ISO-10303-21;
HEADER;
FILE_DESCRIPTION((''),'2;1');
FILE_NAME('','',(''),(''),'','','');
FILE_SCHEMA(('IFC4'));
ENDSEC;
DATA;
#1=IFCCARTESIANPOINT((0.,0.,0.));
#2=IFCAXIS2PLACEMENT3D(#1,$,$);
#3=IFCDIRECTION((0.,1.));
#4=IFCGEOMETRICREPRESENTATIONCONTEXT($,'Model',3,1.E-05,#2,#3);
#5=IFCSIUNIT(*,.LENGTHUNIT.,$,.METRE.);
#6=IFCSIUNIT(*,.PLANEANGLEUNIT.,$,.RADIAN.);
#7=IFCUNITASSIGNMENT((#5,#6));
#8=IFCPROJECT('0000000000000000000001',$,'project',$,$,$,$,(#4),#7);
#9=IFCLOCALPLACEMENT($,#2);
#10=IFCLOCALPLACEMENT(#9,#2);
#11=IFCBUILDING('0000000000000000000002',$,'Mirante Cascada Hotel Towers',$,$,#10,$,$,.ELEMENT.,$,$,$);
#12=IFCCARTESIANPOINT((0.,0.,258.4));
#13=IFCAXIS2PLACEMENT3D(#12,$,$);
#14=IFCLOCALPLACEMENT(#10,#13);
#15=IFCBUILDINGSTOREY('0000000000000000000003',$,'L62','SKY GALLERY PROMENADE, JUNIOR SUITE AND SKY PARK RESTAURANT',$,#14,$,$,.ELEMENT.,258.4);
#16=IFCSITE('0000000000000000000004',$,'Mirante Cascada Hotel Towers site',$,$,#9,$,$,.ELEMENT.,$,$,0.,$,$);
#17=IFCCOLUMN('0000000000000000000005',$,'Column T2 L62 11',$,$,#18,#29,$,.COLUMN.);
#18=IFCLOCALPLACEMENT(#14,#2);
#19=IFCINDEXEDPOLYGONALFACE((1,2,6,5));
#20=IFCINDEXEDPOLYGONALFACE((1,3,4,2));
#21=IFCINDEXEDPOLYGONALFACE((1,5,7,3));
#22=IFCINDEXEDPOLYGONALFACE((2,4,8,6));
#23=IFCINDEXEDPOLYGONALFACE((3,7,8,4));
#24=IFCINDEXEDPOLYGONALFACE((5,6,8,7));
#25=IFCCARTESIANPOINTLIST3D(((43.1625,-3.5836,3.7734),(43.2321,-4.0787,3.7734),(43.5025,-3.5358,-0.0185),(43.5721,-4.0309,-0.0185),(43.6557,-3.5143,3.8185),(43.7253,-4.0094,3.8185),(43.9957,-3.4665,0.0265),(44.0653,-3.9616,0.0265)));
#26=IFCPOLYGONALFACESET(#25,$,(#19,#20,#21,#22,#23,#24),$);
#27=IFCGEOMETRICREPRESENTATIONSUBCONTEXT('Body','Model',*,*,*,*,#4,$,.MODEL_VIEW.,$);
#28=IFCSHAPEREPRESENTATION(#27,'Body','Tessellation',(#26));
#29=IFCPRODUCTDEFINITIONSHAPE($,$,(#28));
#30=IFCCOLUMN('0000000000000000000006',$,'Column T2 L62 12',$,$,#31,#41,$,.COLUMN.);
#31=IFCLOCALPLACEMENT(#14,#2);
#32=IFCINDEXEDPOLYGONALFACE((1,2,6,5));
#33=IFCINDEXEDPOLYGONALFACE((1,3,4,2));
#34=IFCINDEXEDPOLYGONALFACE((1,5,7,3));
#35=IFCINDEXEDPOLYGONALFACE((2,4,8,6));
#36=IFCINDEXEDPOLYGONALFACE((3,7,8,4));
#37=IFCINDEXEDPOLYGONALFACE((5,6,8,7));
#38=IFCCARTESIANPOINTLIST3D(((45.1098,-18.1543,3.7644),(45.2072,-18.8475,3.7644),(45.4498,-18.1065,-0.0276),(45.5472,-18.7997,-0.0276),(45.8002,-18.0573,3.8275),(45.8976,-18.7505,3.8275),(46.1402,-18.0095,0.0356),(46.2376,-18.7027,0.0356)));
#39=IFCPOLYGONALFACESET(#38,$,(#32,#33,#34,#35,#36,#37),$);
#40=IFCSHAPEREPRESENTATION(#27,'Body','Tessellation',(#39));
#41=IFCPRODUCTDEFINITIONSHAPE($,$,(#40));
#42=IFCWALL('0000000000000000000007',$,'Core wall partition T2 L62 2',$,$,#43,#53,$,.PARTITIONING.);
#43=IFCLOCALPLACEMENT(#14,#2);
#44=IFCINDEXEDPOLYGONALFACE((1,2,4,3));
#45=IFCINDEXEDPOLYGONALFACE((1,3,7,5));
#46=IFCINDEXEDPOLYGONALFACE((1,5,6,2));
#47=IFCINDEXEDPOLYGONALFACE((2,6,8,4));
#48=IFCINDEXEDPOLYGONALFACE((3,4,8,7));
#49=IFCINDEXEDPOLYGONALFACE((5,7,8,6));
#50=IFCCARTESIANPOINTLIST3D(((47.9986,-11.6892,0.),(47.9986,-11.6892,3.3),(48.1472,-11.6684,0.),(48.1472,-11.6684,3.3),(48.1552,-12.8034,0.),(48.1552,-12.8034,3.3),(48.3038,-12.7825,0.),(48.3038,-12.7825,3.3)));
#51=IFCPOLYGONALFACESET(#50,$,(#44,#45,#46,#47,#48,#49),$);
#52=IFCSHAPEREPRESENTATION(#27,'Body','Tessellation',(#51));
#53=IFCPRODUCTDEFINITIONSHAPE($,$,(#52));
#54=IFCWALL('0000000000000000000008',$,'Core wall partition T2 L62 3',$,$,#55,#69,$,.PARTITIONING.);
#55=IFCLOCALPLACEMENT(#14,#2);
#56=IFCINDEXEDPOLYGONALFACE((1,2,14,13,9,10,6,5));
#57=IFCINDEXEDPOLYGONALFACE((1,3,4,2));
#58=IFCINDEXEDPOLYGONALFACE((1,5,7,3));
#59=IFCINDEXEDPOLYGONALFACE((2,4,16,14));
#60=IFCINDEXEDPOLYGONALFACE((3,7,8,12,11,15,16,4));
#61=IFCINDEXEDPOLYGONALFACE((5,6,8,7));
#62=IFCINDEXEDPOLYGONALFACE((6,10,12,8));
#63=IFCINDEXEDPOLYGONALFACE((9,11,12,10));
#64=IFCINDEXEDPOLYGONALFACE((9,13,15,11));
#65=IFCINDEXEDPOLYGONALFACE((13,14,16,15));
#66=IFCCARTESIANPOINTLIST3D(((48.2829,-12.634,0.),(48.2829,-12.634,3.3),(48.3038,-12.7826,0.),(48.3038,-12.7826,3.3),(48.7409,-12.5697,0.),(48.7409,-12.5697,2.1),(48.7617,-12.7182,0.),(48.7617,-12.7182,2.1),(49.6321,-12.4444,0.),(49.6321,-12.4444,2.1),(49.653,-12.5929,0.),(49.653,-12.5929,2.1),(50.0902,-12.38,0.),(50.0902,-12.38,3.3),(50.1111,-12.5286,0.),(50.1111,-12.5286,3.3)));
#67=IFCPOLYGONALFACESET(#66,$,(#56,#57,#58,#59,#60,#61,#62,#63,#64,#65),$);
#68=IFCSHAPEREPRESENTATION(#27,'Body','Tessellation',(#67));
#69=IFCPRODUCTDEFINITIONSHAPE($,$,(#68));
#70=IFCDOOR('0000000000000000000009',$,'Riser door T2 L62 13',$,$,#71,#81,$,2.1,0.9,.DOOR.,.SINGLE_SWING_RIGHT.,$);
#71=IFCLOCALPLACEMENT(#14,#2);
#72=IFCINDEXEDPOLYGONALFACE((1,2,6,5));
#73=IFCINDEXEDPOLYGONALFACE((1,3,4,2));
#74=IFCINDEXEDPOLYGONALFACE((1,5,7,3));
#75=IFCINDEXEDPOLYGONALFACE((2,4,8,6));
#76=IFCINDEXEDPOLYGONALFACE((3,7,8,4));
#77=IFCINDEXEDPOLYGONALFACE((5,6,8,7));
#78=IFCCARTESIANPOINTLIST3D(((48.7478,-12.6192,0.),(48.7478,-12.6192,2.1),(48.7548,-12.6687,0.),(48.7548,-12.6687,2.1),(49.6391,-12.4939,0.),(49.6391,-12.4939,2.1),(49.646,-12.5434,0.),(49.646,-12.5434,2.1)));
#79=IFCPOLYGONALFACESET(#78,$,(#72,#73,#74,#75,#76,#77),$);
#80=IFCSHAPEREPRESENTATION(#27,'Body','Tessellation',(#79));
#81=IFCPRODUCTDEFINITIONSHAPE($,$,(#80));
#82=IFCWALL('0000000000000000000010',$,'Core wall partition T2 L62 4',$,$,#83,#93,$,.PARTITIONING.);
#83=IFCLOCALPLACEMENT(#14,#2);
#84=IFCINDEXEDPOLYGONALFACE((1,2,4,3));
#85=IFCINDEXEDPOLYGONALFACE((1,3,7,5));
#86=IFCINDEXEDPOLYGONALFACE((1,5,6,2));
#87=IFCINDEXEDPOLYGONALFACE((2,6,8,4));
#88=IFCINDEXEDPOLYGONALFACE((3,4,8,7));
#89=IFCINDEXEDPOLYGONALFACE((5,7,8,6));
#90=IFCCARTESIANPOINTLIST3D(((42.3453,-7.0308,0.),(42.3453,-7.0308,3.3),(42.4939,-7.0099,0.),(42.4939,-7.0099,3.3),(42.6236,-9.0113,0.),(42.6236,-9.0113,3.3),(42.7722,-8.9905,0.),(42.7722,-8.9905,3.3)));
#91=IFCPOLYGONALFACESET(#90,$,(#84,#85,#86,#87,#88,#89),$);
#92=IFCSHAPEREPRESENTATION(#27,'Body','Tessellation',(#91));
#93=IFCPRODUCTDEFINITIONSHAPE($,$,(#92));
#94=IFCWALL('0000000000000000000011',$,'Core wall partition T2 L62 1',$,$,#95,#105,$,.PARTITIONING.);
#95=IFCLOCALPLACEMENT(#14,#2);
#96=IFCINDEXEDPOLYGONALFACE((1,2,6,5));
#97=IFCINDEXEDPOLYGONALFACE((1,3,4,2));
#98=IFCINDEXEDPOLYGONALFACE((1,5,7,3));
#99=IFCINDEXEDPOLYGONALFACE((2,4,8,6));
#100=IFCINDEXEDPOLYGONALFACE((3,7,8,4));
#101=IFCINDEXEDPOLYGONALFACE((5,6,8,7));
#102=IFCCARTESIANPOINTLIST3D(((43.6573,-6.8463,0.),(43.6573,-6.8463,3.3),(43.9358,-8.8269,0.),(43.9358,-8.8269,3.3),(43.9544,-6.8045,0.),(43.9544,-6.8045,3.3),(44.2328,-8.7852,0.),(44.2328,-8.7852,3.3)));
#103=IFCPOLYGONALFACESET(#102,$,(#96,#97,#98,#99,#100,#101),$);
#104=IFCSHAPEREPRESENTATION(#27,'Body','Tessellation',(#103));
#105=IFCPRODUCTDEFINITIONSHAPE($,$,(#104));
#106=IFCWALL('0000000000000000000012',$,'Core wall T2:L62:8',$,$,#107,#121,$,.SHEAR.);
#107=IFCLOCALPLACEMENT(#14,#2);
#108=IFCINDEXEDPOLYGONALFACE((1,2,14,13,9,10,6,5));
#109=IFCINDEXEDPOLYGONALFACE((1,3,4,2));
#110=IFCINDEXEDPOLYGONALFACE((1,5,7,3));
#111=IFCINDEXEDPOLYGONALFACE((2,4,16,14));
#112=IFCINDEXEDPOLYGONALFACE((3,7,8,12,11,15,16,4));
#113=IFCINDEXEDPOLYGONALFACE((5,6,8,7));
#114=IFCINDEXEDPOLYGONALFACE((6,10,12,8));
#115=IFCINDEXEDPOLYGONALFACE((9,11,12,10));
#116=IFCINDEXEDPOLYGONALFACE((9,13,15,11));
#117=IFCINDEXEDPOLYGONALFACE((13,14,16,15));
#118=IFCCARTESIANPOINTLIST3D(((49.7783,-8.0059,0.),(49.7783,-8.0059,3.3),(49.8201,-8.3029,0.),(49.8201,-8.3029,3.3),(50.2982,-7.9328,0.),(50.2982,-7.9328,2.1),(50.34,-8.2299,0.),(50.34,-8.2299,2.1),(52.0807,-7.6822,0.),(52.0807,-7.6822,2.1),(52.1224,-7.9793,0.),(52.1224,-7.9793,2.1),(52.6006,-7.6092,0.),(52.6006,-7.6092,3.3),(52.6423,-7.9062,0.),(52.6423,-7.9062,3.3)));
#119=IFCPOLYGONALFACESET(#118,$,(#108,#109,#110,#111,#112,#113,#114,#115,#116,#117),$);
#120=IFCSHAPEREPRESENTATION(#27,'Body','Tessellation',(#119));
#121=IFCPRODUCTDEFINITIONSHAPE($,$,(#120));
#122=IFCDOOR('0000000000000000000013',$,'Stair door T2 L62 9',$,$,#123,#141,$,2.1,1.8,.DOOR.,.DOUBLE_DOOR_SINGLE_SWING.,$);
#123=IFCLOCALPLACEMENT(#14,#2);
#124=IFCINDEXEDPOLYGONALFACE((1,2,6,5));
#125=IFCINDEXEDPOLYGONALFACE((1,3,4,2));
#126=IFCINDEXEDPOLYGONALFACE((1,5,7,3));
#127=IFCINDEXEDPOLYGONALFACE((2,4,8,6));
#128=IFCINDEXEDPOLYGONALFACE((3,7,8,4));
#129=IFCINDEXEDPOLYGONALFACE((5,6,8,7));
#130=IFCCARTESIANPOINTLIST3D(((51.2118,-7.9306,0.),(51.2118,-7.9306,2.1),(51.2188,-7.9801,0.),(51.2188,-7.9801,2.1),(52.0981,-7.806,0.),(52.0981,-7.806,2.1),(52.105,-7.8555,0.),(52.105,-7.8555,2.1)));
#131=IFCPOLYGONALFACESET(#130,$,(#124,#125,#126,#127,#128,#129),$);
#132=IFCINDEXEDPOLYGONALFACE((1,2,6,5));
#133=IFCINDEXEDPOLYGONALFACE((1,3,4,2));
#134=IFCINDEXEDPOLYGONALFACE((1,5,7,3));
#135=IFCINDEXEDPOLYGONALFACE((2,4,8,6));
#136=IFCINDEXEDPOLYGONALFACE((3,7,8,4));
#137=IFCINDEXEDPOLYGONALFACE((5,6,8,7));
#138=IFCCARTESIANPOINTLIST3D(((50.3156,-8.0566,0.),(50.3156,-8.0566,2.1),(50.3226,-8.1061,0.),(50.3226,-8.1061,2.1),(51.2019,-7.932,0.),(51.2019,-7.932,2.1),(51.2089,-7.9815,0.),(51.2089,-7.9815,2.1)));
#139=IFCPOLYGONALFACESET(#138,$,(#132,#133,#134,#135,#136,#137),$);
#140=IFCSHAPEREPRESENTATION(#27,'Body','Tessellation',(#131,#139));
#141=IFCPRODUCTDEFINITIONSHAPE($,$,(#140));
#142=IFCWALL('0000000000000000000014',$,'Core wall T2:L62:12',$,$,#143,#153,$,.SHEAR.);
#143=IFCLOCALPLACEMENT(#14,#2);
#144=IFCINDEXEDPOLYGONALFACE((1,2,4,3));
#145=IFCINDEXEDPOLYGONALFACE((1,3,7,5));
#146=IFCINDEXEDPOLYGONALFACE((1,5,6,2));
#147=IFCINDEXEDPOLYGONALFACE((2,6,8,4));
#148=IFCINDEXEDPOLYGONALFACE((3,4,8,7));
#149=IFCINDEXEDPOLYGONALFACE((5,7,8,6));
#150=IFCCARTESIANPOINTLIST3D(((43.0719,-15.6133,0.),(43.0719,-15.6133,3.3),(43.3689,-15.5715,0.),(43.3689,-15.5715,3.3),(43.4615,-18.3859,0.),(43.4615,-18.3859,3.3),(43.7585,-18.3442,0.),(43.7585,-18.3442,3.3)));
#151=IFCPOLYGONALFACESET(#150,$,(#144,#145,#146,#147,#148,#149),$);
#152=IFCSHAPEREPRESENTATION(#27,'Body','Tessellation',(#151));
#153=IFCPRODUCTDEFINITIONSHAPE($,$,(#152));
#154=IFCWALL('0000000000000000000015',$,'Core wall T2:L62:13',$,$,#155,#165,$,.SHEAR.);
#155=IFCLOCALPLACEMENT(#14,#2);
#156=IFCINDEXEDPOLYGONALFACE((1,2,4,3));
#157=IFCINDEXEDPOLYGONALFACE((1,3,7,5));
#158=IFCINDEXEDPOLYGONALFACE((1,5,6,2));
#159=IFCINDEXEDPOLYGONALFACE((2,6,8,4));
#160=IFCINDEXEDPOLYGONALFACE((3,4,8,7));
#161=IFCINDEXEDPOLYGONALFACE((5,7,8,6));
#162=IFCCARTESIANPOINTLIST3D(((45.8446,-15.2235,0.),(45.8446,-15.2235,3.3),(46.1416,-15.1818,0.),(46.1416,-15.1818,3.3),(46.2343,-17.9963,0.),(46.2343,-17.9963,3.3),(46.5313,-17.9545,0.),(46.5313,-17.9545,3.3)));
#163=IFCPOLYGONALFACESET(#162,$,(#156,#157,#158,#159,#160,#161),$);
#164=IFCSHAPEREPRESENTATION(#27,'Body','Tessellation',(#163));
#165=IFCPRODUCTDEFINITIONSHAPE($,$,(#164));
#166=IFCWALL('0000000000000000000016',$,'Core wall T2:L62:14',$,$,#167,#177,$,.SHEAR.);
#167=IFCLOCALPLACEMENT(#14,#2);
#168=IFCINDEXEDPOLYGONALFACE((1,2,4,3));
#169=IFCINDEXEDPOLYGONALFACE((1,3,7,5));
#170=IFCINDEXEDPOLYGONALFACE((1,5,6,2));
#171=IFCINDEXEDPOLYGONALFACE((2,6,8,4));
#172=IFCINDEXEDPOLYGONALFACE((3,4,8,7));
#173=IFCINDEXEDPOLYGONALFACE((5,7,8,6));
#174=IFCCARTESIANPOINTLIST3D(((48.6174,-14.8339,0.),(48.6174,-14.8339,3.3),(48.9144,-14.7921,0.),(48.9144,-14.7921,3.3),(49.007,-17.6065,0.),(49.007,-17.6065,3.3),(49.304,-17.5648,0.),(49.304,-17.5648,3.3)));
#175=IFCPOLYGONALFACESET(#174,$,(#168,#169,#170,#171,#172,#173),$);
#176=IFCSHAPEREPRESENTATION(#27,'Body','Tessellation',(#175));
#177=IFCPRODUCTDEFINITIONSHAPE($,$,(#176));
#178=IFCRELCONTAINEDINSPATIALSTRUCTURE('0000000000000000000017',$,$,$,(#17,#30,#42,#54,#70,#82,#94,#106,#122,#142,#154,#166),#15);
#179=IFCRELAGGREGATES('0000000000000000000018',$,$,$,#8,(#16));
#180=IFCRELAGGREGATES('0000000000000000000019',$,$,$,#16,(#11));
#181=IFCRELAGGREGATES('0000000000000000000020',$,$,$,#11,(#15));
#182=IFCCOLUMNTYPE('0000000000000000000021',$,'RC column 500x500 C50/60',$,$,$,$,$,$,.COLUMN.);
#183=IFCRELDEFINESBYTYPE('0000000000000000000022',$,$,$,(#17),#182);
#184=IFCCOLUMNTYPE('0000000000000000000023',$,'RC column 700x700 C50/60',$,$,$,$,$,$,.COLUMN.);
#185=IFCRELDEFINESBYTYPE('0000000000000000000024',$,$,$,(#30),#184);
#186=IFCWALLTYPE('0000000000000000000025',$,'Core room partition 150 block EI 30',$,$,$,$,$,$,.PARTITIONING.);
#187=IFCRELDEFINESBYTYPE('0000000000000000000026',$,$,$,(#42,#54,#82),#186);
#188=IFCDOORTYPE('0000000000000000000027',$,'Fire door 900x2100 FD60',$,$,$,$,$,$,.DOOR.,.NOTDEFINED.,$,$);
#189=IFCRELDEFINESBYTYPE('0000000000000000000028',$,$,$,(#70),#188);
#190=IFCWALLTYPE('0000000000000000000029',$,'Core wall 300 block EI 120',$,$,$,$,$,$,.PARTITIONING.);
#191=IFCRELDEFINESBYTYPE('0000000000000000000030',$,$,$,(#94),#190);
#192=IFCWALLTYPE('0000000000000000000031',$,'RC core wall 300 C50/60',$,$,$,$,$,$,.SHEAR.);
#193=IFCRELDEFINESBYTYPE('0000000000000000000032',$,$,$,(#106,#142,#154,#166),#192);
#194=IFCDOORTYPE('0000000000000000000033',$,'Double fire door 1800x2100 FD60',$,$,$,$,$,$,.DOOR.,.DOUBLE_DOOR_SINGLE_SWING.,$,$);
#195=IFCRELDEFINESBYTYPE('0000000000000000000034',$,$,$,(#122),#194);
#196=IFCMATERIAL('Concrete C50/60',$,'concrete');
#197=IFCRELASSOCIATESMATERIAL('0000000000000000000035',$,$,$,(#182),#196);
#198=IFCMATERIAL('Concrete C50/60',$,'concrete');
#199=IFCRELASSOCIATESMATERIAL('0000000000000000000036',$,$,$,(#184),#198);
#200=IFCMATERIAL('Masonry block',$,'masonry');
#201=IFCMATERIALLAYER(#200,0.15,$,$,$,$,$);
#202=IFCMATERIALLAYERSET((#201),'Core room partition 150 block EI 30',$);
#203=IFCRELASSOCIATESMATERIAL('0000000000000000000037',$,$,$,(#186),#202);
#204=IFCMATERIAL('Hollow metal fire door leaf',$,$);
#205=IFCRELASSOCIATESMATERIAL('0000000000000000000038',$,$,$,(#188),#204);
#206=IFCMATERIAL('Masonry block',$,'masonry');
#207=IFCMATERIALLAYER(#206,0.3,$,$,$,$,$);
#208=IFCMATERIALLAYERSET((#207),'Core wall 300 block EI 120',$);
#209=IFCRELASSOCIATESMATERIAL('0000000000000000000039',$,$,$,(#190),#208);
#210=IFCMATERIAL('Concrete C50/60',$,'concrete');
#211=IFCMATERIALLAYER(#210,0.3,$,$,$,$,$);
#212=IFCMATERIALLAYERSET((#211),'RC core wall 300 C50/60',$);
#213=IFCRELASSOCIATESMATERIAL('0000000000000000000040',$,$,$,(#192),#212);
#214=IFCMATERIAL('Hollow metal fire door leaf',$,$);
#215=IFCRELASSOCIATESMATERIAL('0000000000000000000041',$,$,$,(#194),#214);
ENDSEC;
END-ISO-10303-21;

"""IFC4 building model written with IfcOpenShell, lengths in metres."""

from ifc_helpers import new_model, si_unit, direction, frame, frame_2d, origin, origin_2d, place, context, subcontext, project, spatial, rectangle, extrude, material, layer, layer_set, material_profile, profile_set, type_object, element, fill, save


model = new_model("IFC4")

# Units and contexts
model_context = context("Model", 3, precision=1e-05, world=origin(), true_north=direction((0.0, 1.0)))
body_context = subcontext(model_context, "Body", "Model", "MODEL_VIEW")
ifc_project = project(units=[si_unit("LENGTHUNIT", "METRE"), si_unit("PLANEANGLEUNIT", "RADIAN")], contexts=[model_context])

# Site, building, storey
site_placement = place(None, origin())
site = spatial("IfcSite", under=ifc_project, at=site_placement, Name="Mirante Cascada Hotel Towers site", CompositionType="ELEMENT", RefElevation=0.0)
building_placement = place(site_placement, origin())
building = spatial("IfcBuilding", under=site, at=building_placement, Name="Mirante Cascada Hotel Towers", CompositionType="ELEMENT")
storey_placement = place(building_placement, frame((0.0, 0.0, 258.4)))
storey = spatial("IfcBuildingStorey", under=building, at=storey_placement, Name="L62", Description="SKY GALLERY PROMENADE, JUNIOR SUITE AND SKY PARK RESTAURANT", CompositionType="ELEMENT", Elevation=258.4)

# Columns
ifc_material_1 = material(Name="Concrete C50/60", Category="concrete")
ifc_material_profile_1 = material_profile(ifc_material_1, rectangle(XDim=0.5, YDim=0.5, at=origin_2d()), Name="RC column 500x500 C50/60")
ifc_profile_set_1 = profile_set([ifc_material_profile_1], Name="Concrete C50/60")
column_type_1 = type_object("IfcColumnType", Name="RC column 500x500 C50/60", PredefinedType="COLUMN", material=ifc_profile_set_1)
column_1_placement = place(storey_placement, frame((43.7839, -3.7487, 0.004), z_axis=(-0.089297, -0.012554, 0.995926), x_axis=(0.139219, -0.990262, 0.0)))
element("IfcColumn", 1, at=column_1_placement, inside=storey, type_object=column_type_1, Name="Column T2 L62 11", PredefinedType="COLUMN", context=body_context, shape_type="SweptSolid", body=[
    extrude(rectangle(XDim=0.5, YDim=0.5, at=origin_2d()), origin(), (0.0, 0.0, 1.0), 3.8075),
])
ifc_material_2 = material(Name="Concrete C50/60", Category="concrete")
ifc_material_profile_2 = material_profile(ifc_material_2, rectangle(XDim=0.7, YDim=0.7, at=origin_2d()), Name="RC column 700x700 C50/60")
ifc_profile_set_2 = profile_set([ifc_material_profile_2], Name="Concrete C50/60")
column_type_2 = type_object("IfcColumnType", Name="RC column 700x700 C50/60", PredefinedType="COLUMN", material=ifc_profile_set_2)
column_2_placement = place(storey_placement, frame((45.8437, -18.4046, 0.004), z_axis=(-0.089297, -0.012554, 0.995926), x_axis=(0.139219, -0.990262, 0.0)))
element("IfcColumn", 2, at=column_2_placement, inside=storey, type_object=column_type_2, Name="Column T2 L62 12", PredefinedType="COLUMN", context=body_context, shape_type="SweptSolid", body=[
    extrude(rectangle(XDim=0.7, YDim=0.7, at=origin_2d()), origin(), (0.0, 0.0, 1.0), 3.8075),
])

# Wall
ifc_material_3 = material(Name="Masonry block", Category="masonry")
ifc_layer_1 = layer(ifc_material_3, 0.15)
ifc_layer_set_1 = layer_set([ifc_layer_1], Name="Core room partition 150 block EI 30")
wall_type_1 = type_object("IfcWallType", Name="Core room partition 150 block EI 30", PredefinedType="PARTITIONING", material=ifc_layer_set_1)
wall_1_placement = place(storey_placement, frame((48.2295, -12.793, 0.0), z_axis=(0.0, 0.0, 1.0), x_axis=(-0.139193, 0.990265, 0.0)))
element("IfcWall", 3, at=wall_1_placement, inside=storey, type_object=wall_type_1, Name="Core wall partition T2 L62 2", PredefinedType="PARTITIONING", context=body_context, shape_type="SweptSolid", body=[
    extrude(rectangle(XDim=1.1251, YDim=0.15, at=frame_2d((0.5626, 0.0))), origin(), (0.0, 0.0, 1.0), 3.3),
])

# Wall, opening, door
wall_2_placement = place(storey_placement, frame((48.2933, -12.7083, 0.0), z_axis=(0.0, 0.0, 1.0), x_axis=(0.990268, 0.139173, 0.0)))
wall_2 = element("IfcWall", 4, at=wall_2_placement, inside=storey, type_object=wall_type_1, Name="Core wall partition T2 L62 3", PredefinedType="PARTITIONING", context=body_context, shape_type="SweptSolid", body=[
    extrude(rectangle(XDim=1.8251, YDim=0.15, at=frame_2d((0.9126, 0.0))), origin(), (0.0, 0.0, 1.0), 3.3),
])
opening_1_placement = place(wall_2_placement, frame((0.4625, 0.0, 0.0)))
opening_1 = element("IfcOpeningElement", 5, at=opening_1_placement, cuts=wall_2, PredefinedType="OPENING", context=body_context, shape_type="SweptSolid", body=[
    extrude(rectangle(XDim=0.9, YDim=2.1, at=frame_2d((0.45, 1.05))), frame((0.0, 0.075, 0.0), z_axis=(0.0, -1.0, 0.0), x_axis=(1.0, 0.0, 0.0)), (0.0, 0.0, 1.0), 0.15),
])
ifc_material_4 = material(Name="Hollow metal fire door leaf")
door_type_1 = type_object("IfcDoorType", Name="Fire door 900x2100 FD60", OperationType="NOTDEFINED", PredefinedType="DOOR", material=ifc_material_4)
door_1_placement = place(opening_1_placement, frame((0.9, 0.0, 0.0), z_axis=(0.0, 0.0, 1.0), x_axis=(-1.0, 0.0, 0.0)))
door_1 = element("IfcDoor", 6, at=door_1_placement, inside=storey, type_object=door_type_1, Name="Riser door T2 L62 13", OperationType="SINGLE_SWING_RIGHT", OverallHeight=2.1, OverallWidth=0.9, PredefinedType="DOOR", context=body_context, shape_type="SweptSolid", body=[
    extrude(rectangle(XDim=0.9, YDim=2.1, at=frame_2d((0.45, 1.05))), frame((0.0, 0.025, 0.0), z_axis=(0.0, -1.0, 0.0), x_axis=(1.0, 0.0, 0.0)), (0.0, 0.0, 1.0), 0.05),
])
fill(opening_1, door_1)

# Walls
wall_3_placement = place(storey_placement, frame((42.6979, -9.0009, 0.0), z_axis=(0.0, 0.0, 1.0), x_axis=(-0.139153, 0.990271, 0.0)))
element("IfcWall", 7, at=wall_3_placement, inside=storey, type_object=wall_type_1, Name="Core wall partition T2 L62 4", PredefinedType="PARTITIONING", context=body_context, shape_type="SweptSolid", body=[
    extrude(rectangle(XDim=2.0, YDim=0.15, at=frame_2d((1.0, 0.0))), origin(), (0.0, 0.0, 1.0), 3.3),
])
ifc_material_5 = material(Name="Masonry block", Category="masonry")
ifc_layer_2 = layer(ifc_material_5, 0.3)
ifc_layer_set_2 = layer_set([ifc_layer_2], Name="Core wall 300 block EI 120")
wall_type_2 = type_object("IfcWallType", Name="Core wall 300 block EI 120", PredefinedType="PARTITIONING", material=ifc_layer_set_2)
wall_4_placement = place(storey_placement, frame((44.0843, -8.8061, 0.0), z_axis=(0.0, 0.0, 1.0), x_axis=(-0.139195, 0.990265, 0.0)))
element("IfcWall", 8, at=wall_4_placement, inside=storey, type_object=wall_type_2, Name="Core wall partition T2 L62 1", PredefinedType="PARTITIONING", context=body_context, shape_type="SweptSolid", body=[
    extrude(rectangle(XDim=2.0001, YDim=0.3, at=frame_2d((1.0001, 0.0))), origin(), (0.0, 0.0, 1.0), 3.3),
])

# Wall, opening, door
ifc_material_6 = material(Name="Concrete C50/60", Category="concrete")
ifc_layer_3 = layer(ifc_material_6, 0.3)
ifc_layer_set_3 = layer_set([ifc_layer_3], Name="RC core wall 300 C50/60")
wall_type_3 = type_object("IfcWallType", Name="RC core wall 300 C50/60", PredefinedType="SHEAR", material=ifc_layer_set_3)
wall_5_placement = place(storey_placement, frame((49.7992, -8.1544, 0.0), z_axis=(0.0, 0.0, 1.0), x_axis=(0.990266, 0.139191, 0.0)))
wall_5 = element("IfcWall", 9, at=wall_5_placement, inside=storey, type_object=wall_type_3, Name="Core wall T2:L62:8", PredefinedType="SHEAR", context=body_context, shape_type="SweptSolid", body=[
    extrude(rectangle(XDim=2.85, YDim=0.3, at=frame_2d((1.425, 0.0))), origin(), (0.0, 0.0, 1.0), 3.3),
])
opening_2_placement = place(wall_5_placement, frame((0.525, 0.0, 0.0)))
opening_2 = element("IfcOpeningElement", 10, at=opening_2_placement, cuts=wall_5, PredefinedType="OPENING", context=body_context, shape_type="SweptSolid", body=[
    extrude(rectangle(XDim=1.8, YDim=2.1, at=frame_2d((0.9, 1.05))), frame((0.0, 0.15, 0.0), z_axis=(0.0, -1.0, 0.0), x_axis=(1.0, 0.0, 0.0)), (0.0, 0.0, 1.0), 0.3),
])
ifc_material_7 = material(Name="Hollow metal fire door leaf")
door_type_2 = type_object("IfcDoorType", Name="Double fire door 1800x2100 FD60", OperationType="DOUBLE_DOOR_SINGLE_SWING", PredefinedType="DOOR", material=ifc_material_7)
door_2_placement = place(opening_2_placement, frame((1.8, 0.0, 0.0), z_axis=(0.0, 0.0, 1.0), x_axis=(-1.0, 0.0, 0.0)))
door_2 = element("IfcDoor", 11, at=door_2_placement, inside=storey, type_object=door_type_2, Name="Stair door T2 L62 9", OperationType="DOUBLE_DOOR_SINGLE_SWING", OverallHeight=2.1, OverallWidth=1.8, PredefinedType="DOOR", context=body_context, shape_type="SweptSolid", body=[
    extrude(rectangle(XDim=0.895, YDim=2.1, at=frame_2d((0.4475, 1.05))), frame((0.0, 0.025, 0.0), z_axis=(0.0, -1.0, 0.0), x_axis=(1.0, 0.0, 0.0)), (0.0, 0.0, 1.0), 0.05),
    extrude(rectangle(XDim=0.895, YDim=2.1, at=frame_2d((1.3525, 1.05))), frame((0.0, 0.025, 0.0), z_axis=(0.0, -1.0, 0.0), x_axis=(1.0, 0.0, 0.0)), (0.0, 0.0, 1.0), 0.05),
])
fill(opening_2, door_2)

# Walls
wall_6_placement = place(storey_placement, frame((43.61, -18.3651, 0.0), z_axis=(0.0, 0.0, 1.0), x_axis=(-0.139146, 0.990272, 0.0)))
element("IfcWall", 12, at=wall_6_placement, inside=storey, type_object=wall_type_3, Name="Core wall T2:L62:12", PredefinedType="SHEAR", context=body_context, shape_type="SweptSolid", body=[
    extrude(rectangle(XDim=2.7999, YDim=0.3, at=frame_2d((1.4, 0.0))), origin(), (0.0, 0.0, 1.0), 3.3),
])
wall_7_placement = place(storey_placement, frame((46.3828, -17.9754, 0.0), z_axis=(0.0, 0.0, 1.0), x_axis=(-0.139181, 0.990267, 0.0)))
element("IfcWall", 13, at=wall_7_placement, inside=storey, type_object=wall_type_3, Name="Core wall T2:L62:13", PredefinedType="SHEAR", context=body_context, shape_type="SweptSolid", body=[
    extrude(rectangle(XDim=2.8, YDim=0.3, at=frame_2d((1.4, 0.0))), origin(), (0.0, 0.0, 1.0), 3.3),
])
wall_8_placement = place(storey_placement, frame((49.1555, -17.5857, 0.0), z_axis=(0.0, 0.0, 1.0), x_axis=(-0.139146, 0.990272, 0.0)))
element("IfcWall", 14, at=wall_8_placement, inside=storey, type_object=wall_type_3, Name="Core wall T2:L62:14", PredefinedType="SHEAR", context=body_context, shape_type="SweptSolid", body=[
    extrude(rectangle(XDim=2.7999, YDim=0.3, at=frame_2d((1.4, 0.0))), origin(), (0.0, 0.0, 1.0), 3.3),
])

save(model, "model.ifc")
